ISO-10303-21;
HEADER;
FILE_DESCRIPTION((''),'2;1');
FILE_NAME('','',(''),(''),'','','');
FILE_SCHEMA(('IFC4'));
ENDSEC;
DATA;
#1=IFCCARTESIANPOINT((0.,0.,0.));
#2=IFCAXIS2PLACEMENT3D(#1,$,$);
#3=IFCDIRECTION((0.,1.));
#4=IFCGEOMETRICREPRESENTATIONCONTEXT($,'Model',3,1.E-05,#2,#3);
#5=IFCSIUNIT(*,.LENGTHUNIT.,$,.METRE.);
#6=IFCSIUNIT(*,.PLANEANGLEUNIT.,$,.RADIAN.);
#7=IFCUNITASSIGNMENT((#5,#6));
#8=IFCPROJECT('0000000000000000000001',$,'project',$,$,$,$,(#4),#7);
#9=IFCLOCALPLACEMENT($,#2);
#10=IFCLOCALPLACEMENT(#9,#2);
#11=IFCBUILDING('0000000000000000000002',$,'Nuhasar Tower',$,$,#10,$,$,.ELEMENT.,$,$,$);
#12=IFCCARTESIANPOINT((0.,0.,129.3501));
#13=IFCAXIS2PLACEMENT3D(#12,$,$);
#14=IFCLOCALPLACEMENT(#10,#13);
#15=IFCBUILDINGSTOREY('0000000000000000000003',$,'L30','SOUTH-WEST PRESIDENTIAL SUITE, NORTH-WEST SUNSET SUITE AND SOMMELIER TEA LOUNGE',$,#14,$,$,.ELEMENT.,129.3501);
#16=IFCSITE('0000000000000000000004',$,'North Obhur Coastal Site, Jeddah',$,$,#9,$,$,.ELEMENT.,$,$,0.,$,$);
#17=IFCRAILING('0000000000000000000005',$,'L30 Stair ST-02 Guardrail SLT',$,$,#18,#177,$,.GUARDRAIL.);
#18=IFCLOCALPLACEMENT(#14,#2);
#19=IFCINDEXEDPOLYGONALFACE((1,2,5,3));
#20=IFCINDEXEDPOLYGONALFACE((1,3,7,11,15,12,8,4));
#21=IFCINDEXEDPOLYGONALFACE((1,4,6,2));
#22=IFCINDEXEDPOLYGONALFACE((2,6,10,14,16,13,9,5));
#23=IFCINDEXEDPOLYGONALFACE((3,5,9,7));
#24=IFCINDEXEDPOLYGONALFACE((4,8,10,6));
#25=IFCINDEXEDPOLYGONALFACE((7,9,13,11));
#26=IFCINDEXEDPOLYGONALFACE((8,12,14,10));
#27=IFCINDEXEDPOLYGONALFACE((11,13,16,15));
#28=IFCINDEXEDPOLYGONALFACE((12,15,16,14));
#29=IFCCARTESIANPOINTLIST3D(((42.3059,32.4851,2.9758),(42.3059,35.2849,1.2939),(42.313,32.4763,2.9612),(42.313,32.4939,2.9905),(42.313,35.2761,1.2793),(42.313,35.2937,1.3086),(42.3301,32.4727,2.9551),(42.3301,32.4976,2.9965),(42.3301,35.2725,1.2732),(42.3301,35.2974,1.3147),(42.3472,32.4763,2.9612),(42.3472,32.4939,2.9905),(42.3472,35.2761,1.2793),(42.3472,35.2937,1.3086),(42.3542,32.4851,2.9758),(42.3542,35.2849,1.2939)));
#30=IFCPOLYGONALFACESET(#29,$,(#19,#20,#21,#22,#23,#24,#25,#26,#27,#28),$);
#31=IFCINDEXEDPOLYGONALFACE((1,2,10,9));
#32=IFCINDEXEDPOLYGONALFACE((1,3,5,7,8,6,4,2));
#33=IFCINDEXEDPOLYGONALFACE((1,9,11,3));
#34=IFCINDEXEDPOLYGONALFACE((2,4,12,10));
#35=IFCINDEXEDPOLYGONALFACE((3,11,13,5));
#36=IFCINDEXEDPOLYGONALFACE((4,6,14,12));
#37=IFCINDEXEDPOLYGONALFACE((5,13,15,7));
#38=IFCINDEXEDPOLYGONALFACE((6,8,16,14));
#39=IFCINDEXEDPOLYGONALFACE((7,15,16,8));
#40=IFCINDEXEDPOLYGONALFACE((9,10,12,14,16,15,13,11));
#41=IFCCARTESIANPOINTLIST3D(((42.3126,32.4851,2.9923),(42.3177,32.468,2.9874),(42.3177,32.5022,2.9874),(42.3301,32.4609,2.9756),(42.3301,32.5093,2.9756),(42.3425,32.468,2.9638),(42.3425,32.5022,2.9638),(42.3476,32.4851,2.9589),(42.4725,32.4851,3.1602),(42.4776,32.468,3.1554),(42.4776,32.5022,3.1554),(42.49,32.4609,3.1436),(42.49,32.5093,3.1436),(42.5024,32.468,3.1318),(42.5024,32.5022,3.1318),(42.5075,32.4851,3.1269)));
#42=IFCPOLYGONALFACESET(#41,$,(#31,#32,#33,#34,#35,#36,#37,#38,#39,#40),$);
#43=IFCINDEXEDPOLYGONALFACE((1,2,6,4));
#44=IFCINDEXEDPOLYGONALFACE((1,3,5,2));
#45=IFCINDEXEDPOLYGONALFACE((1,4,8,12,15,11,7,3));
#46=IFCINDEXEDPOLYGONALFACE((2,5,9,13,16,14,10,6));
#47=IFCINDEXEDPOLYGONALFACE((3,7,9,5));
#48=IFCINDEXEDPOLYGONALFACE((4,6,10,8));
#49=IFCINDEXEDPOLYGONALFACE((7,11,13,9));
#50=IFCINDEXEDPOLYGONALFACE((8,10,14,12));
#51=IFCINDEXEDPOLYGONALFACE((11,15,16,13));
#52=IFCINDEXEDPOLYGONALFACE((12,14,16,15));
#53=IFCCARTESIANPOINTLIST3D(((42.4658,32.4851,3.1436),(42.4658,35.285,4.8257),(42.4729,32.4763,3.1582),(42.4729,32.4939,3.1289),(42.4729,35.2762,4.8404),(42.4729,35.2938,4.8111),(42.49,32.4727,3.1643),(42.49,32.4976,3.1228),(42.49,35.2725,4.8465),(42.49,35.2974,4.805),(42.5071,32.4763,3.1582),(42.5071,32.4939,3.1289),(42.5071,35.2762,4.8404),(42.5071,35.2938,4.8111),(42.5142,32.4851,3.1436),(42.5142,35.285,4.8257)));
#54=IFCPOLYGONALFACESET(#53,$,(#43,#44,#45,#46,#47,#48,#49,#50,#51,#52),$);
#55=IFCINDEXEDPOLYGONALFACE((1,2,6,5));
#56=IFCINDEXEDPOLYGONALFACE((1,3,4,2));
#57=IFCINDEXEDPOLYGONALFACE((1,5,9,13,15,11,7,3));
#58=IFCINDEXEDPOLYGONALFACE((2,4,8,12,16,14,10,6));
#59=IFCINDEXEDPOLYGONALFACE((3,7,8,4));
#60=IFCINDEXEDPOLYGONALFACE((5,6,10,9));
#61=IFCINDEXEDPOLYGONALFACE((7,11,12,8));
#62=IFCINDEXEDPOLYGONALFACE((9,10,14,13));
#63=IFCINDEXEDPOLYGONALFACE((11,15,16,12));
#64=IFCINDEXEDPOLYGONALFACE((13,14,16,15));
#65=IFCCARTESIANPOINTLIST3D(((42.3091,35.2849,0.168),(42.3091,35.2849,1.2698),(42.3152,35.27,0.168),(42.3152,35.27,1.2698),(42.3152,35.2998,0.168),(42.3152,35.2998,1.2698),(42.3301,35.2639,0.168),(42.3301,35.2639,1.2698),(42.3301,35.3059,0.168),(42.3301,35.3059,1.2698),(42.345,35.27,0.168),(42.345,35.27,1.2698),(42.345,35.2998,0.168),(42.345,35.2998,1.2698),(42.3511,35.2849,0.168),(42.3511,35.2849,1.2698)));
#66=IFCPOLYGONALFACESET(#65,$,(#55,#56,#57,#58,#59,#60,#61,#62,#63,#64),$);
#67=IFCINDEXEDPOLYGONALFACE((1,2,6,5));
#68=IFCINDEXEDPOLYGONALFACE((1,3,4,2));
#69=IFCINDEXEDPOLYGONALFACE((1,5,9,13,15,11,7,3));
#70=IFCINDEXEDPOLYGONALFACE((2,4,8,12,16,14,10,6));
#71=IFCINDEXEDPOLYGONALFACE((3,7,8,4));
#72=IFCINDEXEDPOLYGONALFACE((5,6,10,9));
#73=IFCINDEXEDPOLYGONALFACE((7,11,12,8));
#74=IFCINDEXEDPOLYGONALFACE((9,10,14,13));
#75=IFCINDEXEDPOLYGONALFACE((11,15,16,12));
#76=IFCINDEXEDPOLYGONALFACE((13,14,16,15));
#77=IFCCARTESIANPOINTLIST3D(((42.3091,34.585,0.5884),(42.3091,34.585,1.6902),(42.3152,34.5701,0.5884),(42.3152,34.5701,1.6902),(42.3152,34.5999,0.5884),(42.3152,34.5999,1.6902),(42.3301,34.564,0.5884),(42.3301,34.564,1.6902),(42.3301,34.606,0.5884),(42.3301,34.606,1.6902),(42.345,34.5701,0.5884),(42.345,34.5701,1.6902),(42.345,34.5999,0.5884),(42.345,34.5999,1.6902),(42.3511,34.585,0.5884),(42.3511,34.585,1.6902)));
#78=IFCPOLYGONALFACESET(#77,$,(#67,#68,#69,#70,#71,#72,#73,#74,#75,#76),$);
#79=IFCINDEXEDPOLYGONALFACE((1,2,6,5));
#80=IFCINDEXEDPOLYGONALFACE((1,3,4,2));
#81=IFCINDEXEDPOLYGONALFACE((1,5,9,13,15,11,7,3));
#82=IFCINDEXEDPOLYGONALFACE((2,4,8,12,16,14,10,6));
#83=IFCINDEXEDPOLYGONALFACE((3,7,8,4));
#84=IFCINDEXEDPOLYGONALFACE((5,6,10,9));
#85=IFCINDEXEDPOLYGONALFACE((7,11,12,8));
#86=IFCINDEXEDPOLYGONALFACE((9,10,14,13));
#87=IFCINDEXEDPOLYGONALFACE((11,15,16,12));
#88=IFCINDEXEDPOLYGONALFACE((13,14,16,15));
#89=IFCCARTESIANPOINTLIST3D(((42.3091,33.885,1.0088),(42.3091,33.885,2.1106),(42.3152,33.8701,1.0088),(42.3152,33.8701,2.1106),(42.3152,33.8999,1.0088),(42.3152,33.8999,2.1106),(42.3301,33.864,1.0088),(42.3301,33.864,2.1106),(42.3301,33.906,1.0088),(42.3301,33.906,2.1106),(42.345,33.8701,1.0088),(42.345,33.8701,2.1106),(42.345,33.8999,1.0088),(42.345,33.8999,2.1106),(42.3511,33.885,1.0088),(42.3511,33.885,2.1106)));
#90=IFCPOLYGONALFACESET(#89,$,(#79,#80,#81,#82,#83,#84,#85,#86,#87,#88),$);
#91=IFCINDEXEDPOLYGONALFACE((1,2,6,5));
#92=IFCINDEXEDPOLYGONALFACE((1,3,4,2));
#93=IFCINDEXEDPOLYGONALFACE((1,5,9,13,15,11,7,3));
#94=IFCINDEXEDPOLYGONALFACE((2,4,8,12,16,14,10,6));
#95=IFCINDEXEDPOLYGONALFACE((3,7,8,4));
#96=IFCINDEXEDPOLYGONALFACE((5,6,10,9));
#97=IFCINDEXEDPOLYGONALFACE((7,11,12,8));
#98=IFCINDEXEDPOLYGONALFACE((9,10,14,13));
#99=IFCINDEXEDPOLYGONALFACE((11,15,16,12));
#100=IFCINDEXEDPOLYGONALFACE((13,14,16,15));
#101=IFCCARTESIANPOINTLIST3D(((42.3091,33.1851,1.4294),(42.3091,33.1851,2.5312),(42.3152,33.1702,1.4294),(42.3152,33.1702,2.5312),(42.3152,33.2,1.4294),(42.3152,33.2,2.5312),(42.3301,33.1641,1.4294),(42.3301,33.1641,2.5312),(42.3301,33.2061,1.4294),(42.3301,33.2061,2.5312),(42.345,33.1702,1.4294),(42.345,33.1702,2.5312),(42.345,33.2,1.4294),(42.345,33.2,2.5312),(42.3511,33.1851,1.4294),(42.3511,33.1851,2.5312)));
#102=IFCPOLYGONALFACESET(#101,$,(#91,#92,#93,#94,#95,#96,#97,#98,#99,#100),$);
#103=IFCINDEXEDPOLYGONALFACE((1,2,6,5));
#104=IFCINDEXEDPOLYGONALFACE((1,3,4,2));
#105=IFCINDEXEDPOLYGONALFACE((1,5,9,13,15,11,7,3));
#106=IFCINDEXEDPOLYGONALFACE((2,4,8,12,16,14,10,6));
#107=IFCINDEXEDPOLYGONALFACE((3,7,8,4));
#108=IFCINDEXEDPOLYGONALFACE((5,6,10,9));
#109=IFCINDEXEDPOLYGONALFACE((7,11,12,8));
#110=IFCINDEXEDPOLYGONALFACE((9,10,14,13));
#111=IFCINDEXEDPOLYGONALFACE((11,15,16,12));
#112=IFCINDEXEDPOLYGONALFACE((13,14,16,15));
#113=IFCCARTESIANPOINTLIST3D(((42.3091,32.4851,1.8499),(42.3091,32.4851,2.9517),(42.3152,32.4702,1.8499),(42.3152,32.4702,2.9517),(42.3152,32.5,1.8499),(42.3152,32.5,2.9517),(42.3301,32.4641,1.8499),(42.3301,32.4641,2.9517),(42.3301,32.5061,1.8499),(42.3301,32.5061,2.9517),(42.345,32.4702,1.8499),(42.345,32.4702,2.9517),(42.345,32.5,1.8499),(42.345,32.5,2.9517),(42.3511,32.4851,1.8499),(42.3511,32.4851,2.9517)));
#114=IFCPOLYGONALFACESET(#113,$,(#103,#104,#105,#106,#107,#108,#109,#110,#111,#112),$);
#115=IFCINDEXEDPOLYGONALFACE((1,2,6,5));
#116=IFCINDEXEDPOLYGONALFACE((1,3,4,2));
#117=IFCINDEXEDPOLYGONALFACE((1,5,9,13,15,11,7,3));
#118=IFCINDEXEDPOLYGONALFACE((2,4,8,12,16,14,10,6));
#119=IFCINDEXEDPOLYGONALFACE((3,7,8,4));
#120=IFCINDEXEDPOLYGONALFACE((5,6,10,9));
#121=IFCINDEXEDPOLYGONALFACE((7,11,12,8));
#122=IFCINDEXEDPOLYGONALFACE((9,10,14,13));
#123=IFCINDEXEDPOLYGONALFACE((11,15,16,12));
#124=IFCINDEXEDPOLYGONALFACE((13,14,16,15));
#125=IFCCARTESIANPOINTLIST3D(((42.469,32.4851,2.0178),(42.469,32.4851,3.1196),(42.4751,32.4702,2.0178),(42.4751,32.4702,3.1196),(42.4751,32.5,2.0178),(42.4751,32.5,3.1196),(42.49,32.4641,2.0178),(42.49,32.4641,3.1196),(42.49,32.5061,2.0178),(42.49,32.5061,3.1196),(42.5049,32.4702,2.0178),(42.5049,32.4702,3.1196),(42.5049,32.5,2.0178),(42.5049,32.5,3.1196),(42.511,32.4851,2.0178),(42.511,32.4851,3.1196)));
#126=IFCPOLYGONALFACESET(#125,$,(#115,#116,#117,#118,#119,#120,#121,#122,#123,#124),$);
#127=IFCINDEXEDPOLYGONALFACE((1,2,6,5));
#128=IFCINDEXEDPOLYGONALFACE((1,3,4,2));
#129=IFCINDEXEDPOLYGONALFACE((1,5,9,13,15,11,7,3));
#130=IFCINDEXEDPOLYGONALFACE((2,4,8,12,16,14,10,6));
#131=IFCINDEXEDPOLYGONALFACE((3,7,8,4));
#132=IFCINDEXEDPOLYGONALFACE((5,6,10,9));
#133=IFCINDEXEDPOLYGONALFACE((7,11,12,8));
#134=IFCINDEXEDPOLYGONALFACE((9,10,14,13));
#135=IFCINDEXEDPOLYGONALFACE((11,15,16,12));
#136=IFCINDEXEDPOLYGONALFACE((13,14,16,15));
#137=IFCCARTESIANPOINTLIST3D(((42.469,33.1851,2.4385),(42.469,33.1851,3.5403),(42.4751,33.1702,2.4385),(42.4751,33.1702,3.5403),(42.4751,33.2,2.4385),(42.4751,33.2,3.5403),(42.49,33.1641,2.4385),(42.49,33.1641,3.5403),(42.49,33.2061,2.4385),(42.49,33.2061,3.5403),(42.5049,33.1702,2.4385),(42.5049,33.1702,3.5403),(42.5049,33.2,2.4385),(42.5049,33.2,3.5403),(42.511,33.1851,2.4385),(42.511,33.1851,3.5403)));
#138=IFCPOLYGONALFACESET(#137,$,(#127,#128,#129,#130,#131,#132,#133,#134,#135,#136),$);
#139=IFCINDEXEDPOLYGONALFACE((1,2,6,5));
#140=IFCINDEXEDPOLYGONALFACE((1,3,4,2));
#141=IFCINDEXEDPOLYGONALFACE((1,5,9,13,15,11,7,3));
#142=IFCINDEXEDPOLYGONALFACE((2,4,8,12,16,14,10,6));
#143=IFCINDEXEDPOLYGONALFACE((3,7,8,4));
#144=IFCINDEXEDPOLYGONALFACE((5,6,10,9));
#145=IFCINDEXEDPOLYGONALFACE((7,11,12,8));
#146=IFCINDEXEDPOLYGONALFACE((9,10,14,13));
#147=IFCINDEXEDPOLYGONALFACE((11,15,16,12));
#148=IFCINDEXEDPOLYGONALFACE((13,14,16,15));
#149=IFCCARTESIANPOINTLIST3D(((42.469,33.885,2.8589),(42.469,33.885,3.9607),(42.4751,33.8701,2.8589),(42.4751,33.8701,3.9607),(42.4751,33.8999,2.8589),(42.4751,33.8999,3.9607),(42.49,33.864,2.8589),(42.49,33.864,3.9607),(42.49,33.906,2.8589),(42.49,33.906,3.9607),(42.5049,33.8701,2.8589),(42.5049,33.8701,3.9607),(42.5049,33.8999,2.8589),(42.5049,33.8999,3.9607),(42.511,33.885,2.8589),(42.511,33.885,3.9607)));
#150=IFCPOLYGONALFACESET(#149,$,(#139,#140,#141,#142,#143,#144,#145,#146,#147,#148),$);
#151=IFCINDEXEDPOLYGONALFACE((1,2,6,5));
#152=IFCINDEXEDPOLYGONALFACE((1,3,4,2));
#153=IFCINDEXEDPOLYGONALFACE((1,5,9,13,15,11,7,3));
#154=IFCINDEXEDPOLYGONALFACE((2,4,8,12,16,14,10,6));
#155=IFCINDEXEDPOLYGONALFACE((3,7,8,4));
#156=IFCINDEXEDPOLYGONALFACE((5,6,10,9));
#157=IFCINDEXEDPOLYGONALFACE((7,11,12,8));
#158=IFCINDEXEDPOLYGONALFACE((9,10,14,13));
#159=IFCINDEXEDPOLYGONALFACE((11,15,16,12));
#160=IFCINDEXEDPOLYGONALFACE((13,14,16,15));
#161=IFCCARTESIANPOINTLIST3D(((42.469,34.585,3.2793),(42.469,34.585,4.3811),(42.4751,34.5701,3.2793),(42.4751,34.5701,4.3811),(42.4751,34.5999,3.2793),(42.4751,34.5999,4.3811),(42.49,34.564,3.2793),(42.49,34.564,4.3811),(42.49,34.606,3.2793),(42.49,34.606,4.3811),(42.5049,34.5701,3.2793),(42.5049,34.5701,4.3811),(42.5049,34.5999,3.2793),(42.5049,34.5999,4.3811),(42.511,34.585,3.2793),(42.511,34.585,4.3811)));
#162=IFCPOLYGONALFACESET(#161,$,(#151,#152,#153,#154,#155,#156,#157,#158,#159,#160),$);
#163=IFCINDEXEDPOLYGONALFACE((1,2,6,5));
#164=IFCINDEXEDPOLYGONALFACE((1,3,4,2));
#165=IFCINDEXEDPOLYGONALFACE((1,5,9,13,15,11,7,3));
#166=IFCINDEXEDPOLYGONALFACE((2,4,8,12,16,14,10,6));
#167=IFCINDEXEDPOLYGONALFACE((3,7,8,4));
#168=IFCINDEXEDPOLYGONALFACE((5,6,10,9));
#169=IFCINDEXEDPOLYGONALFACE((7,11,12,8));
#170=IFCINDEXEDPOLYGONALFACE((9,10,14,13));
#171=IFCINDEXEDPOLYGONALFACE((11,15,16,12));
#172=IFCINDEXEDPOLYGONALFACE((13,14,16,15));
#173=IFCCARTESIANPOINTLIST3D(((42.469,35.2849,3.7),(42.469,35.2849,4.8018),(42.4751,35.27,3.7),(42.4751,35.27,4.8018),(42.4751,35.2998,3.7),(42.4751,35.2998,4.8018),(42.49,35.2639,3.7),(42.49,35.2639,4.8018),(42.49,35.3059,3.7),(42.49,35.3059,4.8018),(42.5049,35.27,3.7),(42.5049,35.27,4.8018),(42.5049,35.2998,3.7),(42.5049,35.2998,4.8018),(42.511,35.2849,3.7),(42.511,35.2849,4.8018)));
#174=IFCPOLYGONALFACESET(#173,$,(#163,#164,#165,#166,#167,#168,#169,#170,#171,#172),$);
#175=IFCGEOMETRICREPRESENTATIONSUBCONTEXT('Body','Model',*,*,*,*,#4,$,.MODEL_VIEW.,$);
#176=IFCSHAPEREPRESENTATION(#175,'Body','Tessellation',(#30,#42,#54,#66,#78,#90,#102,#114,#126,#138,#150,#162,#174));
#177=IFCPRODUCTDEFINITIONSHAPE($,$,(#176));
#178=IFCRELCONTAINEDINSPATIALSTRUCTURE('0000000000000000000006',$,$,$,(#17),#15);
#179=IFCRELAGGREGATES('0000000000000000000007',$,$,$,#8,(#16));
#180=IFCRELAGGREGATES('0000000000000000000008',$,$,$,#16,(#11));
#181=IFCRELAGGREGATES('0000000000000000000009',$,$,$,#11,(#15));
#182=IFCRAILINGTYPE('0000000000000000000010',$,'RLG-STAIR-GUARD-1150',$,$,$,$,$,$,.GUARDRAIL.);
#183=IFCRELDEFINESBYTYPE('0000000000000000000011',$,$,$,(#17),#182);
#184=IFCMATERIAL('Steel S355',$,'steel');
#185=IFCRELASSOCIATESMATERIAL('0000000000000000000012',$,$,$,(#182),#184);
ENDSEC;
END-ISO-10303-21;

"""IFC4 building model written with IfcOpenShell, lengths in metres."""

from ifc_helpers import new_model, si_unit, direction, frame, origin, place, context, subcontext, project, spatial, polyline, outline, extrude, material, type_object, element, save


model = new_model("IFC4")

# Units and contexts
model_context = context("Model", 3, precision=1e-05, world=origin(), true_north=direction((0.0, 1.0)))
body_context = subcontext(model_context, "Body", "Model", "MODEL_VIEW")
ifc_project = project(units=[si_unit("LENGTHUNIT", "METRE"), si_unit("PLANEANGLEUNIT", "RADIAN")], contexts=[model_context])

# Site, building, storey
site_placement = place(None, origin())
site = spatial("IfcSite", under=ifc_project, at=site_placement, Name="North Obhur Coastal Site, Jeddah", CompositionType="ELEMENT", RefElevation=0.0)
building_placement = place(site_placement, origin())
building = spatial("IfcBuilding", under=site, at=building_placement, Name="Nuhasar Tower", CompositionType="ELEMENT")
storey_placement = place(building_placement, frame((0.0, 0.0, 129.3501)))
storey = spatial("IfcBuildingStorey", under=building, at=storey_placement, Name="L30", Description="SOUTH-WEST PRESIDENTIAL SUITE, NORTH-WEST SUNSET SUITE AND SOMMELIER TEA LOUNGE", CompositionType="ELEMENT", Elevation=129.3501)

# Shared definitions
ifc_material_1 = material(Name="Steel S355", Category="steel")

# Railing
railing_type_1 = type_object("IfcRailingType", Name="RLG-STAIR-GUARD-1150", PredefinedType="GUARDRAIL", material=ifc_material_1)
railing_1_placement = place(storey_placement, frame((42.3301, 35.2849, 0.168)))
element("IfcRailing", 1, at=railing_1_placement, inside=storey, type_object=railing_type_1, Name="L30 Stair ST-02 Guardrail SLT", PredefinedType="GUARDRAIL", context=body_context, shape_type="SweptSolid", body=[
    extrude(outline(polyline([(0.0242, 0.0), (0.0171, 0.0171), (0.0, 0.0242), (-0.0171, 0.0171), (-0.0242, 0.0), (-0.0171, -0.0171), (0.0, -0.0242), (0.0171, -0.0171), (0.0242, 0.0)])), frame((0.0, 0.0, 1.126), z_axis=(0.0, -0.857222, 0.514946), x_axis=(1.0, 0.0, 0.0)), (0.0, 0.0, 1.0), 3.2661),
    extrude(outline(polyline([(0.0242, 0.0), (0.0171, 0.0171), (0.0, 0.0242), (-0.0171, 0.0171), (-0.0242, 0.0), (-0.0171, -0.0171), (0.0, -0.0242), (0.0171, -0.0171), (0.0242, 0.0)])), frame((0.0, -2.7998, 2.8076), z_axis=(0.689524, 0.0, 0.724263), x_axis=(0.0, 1.0, 0.0)), (0.0, 0.0, 1.0), 0.2319),
    extrude(outline(polyline([(0.0242, 0.0), (0.0171, 0.0171), (0.0, 0.0242), (-0.0171, 0.0171), (-0.0242, 0.0), (-0.0171, -0.0171), (0.0, -0.0242), (0.0171, -0.0171), (0.0242, 0.0)])), frame((0.1599, -2.7998, 2.9756), z_axis=(0.0, 0.857189, 0.515001), x_axis=(-1.0, 0.0, 0.0)), (0.0, 0.0, 1.0), 3.2664),
    extrude(outline(polyline([(0.021, 0.0), (0.0149, 0.0149), (0.0, 0.021), (-0.0149, 0.0149), (-0.021, 0.0), (-0.0149, -0.0149), (0.0, -0.021), (0.0149, -0.0149), (0.021, 0.0)])), origin(), (0.0, 0.0, 1.0), 1.1018),
    extrude(outline(polyline([(0.021, 0.0), (0.0149, 0.0149), (0.0, 0.021), (-0.0149, 0.0149), (-0.021, 0.0), (-0.0149, -0.0149), (0.0, -0.021), (0.0149, -0.0149), (0.021, 0.0)])), frame((0.0, -0.7, 0.4204)), (0.0, 0.0, 1.0), 1.1018),
    extrude(outline(polyline([(0.021, 0.0), (0.0149, 0.0149), (0.0, 0.021), (-0.0149, 0.0149), (-0.021, 0.0), (-0.0149, -0.0149), (0.0, -0.021), (0.0149, -0.0149), (0.021, 0.0)])), frame((0.0, -1.3999, 0.8408)), (0.0, 0.0, 1.0), 1.1018),
    extrude(outline(polyline([(0.021, 0.0), (0.0149, 0.0149), (0.0, 0.021), (-0.0149, 0.0149), (-0.021, 0.0), (-0.0149, -0.0149), (0.0, -0.021), (0.0149, -0.0149), (0.021, 0.0)])), frame((0.0, -2.0999, 1.2615)), (0.0, 0.0, 1.0), 1.1018),
    extrude(outline(polyline([(0.021, 0.0), (0.0149, 0.0149), (0.0, 0.021), (-0.0149, 0.0149), (-0.021, 0.0), (-0.0149, -0.0149), (0.0, -0.021), (0.0149, -0.0149), (0.021, 0.0)])), frame((0.0, -2.7998, 1.6819)), (0.0, 0.0, 1.0), 1.1018),
    extrude(outline(polyline([(0.021, 0.0), (0.0149, 0.0149), (0.0, 0.021), (-0.0149, 0.0149), (-0.021, 0.0), (-0.0149, -0.0149), (0.0, -0.021), (0.0149, -0.0149), (0.021, 0.0)])), frame((0.1599, -2.7998, 1.8499)), (0.0, 0.0, 1.0), 1.1018),
    extrude(outline(polyline([(0.021, 0.0), (0.0149, 0.0149), (0.0, 0.021), (-0.0149, 0.0149), (-0.021, 0.0), (-0.0149, -0.0149), (0.0, -0.021), (0.0149, -0.0149), (0.021, 0.0)])), frame((0.1599, -2.0999, 2.2705)), (0.0, 0.0, 1.0), 1.1018),
    extrude(outline(polyline([(0.021, 0.0), (0.0149, 0.0149), (0.0, 0.021), (-0.0149, 0.0149), (-0.021, 0.0), (-0.0149, -0.0149), (0.0, -0.021), (0.0149, -0.0149), (0.021, 0.0)])), frame((0.1599, -1.3999, 2.6909)), (0.0, 0.0, 1.0), 1.1018),
    extrude(outline(polyline([(0.021, 0.0), (0.0149, 0.0149), (0.0, 0.021), (-0.0149, 0.0149), (-0.021, 0.0), (-0.0149, -0.0149), (0.0, -0.021), (0.0149, -0.0149), (0.021, 0.0)])), frame((0.1599, -0.7, 3.1113)), (0.0, 0.0, 1.0), 1.1018),
    extrude(outline(polyline([(0.021, 0.0), (0.0149, 0.0149), (0.0, 0.021), (-0.0149, 0.0149), (-0.021, 0.0), (-0.0149, -0.0149), (0.0, -0.021), (0.0149, -0.0149), (0.021, 0.0)])), frame((0.1599, 0.0, 3.532)), (0.0, 0.0, 1.0), 1.1018),
])

save(model, "model.ifc")
